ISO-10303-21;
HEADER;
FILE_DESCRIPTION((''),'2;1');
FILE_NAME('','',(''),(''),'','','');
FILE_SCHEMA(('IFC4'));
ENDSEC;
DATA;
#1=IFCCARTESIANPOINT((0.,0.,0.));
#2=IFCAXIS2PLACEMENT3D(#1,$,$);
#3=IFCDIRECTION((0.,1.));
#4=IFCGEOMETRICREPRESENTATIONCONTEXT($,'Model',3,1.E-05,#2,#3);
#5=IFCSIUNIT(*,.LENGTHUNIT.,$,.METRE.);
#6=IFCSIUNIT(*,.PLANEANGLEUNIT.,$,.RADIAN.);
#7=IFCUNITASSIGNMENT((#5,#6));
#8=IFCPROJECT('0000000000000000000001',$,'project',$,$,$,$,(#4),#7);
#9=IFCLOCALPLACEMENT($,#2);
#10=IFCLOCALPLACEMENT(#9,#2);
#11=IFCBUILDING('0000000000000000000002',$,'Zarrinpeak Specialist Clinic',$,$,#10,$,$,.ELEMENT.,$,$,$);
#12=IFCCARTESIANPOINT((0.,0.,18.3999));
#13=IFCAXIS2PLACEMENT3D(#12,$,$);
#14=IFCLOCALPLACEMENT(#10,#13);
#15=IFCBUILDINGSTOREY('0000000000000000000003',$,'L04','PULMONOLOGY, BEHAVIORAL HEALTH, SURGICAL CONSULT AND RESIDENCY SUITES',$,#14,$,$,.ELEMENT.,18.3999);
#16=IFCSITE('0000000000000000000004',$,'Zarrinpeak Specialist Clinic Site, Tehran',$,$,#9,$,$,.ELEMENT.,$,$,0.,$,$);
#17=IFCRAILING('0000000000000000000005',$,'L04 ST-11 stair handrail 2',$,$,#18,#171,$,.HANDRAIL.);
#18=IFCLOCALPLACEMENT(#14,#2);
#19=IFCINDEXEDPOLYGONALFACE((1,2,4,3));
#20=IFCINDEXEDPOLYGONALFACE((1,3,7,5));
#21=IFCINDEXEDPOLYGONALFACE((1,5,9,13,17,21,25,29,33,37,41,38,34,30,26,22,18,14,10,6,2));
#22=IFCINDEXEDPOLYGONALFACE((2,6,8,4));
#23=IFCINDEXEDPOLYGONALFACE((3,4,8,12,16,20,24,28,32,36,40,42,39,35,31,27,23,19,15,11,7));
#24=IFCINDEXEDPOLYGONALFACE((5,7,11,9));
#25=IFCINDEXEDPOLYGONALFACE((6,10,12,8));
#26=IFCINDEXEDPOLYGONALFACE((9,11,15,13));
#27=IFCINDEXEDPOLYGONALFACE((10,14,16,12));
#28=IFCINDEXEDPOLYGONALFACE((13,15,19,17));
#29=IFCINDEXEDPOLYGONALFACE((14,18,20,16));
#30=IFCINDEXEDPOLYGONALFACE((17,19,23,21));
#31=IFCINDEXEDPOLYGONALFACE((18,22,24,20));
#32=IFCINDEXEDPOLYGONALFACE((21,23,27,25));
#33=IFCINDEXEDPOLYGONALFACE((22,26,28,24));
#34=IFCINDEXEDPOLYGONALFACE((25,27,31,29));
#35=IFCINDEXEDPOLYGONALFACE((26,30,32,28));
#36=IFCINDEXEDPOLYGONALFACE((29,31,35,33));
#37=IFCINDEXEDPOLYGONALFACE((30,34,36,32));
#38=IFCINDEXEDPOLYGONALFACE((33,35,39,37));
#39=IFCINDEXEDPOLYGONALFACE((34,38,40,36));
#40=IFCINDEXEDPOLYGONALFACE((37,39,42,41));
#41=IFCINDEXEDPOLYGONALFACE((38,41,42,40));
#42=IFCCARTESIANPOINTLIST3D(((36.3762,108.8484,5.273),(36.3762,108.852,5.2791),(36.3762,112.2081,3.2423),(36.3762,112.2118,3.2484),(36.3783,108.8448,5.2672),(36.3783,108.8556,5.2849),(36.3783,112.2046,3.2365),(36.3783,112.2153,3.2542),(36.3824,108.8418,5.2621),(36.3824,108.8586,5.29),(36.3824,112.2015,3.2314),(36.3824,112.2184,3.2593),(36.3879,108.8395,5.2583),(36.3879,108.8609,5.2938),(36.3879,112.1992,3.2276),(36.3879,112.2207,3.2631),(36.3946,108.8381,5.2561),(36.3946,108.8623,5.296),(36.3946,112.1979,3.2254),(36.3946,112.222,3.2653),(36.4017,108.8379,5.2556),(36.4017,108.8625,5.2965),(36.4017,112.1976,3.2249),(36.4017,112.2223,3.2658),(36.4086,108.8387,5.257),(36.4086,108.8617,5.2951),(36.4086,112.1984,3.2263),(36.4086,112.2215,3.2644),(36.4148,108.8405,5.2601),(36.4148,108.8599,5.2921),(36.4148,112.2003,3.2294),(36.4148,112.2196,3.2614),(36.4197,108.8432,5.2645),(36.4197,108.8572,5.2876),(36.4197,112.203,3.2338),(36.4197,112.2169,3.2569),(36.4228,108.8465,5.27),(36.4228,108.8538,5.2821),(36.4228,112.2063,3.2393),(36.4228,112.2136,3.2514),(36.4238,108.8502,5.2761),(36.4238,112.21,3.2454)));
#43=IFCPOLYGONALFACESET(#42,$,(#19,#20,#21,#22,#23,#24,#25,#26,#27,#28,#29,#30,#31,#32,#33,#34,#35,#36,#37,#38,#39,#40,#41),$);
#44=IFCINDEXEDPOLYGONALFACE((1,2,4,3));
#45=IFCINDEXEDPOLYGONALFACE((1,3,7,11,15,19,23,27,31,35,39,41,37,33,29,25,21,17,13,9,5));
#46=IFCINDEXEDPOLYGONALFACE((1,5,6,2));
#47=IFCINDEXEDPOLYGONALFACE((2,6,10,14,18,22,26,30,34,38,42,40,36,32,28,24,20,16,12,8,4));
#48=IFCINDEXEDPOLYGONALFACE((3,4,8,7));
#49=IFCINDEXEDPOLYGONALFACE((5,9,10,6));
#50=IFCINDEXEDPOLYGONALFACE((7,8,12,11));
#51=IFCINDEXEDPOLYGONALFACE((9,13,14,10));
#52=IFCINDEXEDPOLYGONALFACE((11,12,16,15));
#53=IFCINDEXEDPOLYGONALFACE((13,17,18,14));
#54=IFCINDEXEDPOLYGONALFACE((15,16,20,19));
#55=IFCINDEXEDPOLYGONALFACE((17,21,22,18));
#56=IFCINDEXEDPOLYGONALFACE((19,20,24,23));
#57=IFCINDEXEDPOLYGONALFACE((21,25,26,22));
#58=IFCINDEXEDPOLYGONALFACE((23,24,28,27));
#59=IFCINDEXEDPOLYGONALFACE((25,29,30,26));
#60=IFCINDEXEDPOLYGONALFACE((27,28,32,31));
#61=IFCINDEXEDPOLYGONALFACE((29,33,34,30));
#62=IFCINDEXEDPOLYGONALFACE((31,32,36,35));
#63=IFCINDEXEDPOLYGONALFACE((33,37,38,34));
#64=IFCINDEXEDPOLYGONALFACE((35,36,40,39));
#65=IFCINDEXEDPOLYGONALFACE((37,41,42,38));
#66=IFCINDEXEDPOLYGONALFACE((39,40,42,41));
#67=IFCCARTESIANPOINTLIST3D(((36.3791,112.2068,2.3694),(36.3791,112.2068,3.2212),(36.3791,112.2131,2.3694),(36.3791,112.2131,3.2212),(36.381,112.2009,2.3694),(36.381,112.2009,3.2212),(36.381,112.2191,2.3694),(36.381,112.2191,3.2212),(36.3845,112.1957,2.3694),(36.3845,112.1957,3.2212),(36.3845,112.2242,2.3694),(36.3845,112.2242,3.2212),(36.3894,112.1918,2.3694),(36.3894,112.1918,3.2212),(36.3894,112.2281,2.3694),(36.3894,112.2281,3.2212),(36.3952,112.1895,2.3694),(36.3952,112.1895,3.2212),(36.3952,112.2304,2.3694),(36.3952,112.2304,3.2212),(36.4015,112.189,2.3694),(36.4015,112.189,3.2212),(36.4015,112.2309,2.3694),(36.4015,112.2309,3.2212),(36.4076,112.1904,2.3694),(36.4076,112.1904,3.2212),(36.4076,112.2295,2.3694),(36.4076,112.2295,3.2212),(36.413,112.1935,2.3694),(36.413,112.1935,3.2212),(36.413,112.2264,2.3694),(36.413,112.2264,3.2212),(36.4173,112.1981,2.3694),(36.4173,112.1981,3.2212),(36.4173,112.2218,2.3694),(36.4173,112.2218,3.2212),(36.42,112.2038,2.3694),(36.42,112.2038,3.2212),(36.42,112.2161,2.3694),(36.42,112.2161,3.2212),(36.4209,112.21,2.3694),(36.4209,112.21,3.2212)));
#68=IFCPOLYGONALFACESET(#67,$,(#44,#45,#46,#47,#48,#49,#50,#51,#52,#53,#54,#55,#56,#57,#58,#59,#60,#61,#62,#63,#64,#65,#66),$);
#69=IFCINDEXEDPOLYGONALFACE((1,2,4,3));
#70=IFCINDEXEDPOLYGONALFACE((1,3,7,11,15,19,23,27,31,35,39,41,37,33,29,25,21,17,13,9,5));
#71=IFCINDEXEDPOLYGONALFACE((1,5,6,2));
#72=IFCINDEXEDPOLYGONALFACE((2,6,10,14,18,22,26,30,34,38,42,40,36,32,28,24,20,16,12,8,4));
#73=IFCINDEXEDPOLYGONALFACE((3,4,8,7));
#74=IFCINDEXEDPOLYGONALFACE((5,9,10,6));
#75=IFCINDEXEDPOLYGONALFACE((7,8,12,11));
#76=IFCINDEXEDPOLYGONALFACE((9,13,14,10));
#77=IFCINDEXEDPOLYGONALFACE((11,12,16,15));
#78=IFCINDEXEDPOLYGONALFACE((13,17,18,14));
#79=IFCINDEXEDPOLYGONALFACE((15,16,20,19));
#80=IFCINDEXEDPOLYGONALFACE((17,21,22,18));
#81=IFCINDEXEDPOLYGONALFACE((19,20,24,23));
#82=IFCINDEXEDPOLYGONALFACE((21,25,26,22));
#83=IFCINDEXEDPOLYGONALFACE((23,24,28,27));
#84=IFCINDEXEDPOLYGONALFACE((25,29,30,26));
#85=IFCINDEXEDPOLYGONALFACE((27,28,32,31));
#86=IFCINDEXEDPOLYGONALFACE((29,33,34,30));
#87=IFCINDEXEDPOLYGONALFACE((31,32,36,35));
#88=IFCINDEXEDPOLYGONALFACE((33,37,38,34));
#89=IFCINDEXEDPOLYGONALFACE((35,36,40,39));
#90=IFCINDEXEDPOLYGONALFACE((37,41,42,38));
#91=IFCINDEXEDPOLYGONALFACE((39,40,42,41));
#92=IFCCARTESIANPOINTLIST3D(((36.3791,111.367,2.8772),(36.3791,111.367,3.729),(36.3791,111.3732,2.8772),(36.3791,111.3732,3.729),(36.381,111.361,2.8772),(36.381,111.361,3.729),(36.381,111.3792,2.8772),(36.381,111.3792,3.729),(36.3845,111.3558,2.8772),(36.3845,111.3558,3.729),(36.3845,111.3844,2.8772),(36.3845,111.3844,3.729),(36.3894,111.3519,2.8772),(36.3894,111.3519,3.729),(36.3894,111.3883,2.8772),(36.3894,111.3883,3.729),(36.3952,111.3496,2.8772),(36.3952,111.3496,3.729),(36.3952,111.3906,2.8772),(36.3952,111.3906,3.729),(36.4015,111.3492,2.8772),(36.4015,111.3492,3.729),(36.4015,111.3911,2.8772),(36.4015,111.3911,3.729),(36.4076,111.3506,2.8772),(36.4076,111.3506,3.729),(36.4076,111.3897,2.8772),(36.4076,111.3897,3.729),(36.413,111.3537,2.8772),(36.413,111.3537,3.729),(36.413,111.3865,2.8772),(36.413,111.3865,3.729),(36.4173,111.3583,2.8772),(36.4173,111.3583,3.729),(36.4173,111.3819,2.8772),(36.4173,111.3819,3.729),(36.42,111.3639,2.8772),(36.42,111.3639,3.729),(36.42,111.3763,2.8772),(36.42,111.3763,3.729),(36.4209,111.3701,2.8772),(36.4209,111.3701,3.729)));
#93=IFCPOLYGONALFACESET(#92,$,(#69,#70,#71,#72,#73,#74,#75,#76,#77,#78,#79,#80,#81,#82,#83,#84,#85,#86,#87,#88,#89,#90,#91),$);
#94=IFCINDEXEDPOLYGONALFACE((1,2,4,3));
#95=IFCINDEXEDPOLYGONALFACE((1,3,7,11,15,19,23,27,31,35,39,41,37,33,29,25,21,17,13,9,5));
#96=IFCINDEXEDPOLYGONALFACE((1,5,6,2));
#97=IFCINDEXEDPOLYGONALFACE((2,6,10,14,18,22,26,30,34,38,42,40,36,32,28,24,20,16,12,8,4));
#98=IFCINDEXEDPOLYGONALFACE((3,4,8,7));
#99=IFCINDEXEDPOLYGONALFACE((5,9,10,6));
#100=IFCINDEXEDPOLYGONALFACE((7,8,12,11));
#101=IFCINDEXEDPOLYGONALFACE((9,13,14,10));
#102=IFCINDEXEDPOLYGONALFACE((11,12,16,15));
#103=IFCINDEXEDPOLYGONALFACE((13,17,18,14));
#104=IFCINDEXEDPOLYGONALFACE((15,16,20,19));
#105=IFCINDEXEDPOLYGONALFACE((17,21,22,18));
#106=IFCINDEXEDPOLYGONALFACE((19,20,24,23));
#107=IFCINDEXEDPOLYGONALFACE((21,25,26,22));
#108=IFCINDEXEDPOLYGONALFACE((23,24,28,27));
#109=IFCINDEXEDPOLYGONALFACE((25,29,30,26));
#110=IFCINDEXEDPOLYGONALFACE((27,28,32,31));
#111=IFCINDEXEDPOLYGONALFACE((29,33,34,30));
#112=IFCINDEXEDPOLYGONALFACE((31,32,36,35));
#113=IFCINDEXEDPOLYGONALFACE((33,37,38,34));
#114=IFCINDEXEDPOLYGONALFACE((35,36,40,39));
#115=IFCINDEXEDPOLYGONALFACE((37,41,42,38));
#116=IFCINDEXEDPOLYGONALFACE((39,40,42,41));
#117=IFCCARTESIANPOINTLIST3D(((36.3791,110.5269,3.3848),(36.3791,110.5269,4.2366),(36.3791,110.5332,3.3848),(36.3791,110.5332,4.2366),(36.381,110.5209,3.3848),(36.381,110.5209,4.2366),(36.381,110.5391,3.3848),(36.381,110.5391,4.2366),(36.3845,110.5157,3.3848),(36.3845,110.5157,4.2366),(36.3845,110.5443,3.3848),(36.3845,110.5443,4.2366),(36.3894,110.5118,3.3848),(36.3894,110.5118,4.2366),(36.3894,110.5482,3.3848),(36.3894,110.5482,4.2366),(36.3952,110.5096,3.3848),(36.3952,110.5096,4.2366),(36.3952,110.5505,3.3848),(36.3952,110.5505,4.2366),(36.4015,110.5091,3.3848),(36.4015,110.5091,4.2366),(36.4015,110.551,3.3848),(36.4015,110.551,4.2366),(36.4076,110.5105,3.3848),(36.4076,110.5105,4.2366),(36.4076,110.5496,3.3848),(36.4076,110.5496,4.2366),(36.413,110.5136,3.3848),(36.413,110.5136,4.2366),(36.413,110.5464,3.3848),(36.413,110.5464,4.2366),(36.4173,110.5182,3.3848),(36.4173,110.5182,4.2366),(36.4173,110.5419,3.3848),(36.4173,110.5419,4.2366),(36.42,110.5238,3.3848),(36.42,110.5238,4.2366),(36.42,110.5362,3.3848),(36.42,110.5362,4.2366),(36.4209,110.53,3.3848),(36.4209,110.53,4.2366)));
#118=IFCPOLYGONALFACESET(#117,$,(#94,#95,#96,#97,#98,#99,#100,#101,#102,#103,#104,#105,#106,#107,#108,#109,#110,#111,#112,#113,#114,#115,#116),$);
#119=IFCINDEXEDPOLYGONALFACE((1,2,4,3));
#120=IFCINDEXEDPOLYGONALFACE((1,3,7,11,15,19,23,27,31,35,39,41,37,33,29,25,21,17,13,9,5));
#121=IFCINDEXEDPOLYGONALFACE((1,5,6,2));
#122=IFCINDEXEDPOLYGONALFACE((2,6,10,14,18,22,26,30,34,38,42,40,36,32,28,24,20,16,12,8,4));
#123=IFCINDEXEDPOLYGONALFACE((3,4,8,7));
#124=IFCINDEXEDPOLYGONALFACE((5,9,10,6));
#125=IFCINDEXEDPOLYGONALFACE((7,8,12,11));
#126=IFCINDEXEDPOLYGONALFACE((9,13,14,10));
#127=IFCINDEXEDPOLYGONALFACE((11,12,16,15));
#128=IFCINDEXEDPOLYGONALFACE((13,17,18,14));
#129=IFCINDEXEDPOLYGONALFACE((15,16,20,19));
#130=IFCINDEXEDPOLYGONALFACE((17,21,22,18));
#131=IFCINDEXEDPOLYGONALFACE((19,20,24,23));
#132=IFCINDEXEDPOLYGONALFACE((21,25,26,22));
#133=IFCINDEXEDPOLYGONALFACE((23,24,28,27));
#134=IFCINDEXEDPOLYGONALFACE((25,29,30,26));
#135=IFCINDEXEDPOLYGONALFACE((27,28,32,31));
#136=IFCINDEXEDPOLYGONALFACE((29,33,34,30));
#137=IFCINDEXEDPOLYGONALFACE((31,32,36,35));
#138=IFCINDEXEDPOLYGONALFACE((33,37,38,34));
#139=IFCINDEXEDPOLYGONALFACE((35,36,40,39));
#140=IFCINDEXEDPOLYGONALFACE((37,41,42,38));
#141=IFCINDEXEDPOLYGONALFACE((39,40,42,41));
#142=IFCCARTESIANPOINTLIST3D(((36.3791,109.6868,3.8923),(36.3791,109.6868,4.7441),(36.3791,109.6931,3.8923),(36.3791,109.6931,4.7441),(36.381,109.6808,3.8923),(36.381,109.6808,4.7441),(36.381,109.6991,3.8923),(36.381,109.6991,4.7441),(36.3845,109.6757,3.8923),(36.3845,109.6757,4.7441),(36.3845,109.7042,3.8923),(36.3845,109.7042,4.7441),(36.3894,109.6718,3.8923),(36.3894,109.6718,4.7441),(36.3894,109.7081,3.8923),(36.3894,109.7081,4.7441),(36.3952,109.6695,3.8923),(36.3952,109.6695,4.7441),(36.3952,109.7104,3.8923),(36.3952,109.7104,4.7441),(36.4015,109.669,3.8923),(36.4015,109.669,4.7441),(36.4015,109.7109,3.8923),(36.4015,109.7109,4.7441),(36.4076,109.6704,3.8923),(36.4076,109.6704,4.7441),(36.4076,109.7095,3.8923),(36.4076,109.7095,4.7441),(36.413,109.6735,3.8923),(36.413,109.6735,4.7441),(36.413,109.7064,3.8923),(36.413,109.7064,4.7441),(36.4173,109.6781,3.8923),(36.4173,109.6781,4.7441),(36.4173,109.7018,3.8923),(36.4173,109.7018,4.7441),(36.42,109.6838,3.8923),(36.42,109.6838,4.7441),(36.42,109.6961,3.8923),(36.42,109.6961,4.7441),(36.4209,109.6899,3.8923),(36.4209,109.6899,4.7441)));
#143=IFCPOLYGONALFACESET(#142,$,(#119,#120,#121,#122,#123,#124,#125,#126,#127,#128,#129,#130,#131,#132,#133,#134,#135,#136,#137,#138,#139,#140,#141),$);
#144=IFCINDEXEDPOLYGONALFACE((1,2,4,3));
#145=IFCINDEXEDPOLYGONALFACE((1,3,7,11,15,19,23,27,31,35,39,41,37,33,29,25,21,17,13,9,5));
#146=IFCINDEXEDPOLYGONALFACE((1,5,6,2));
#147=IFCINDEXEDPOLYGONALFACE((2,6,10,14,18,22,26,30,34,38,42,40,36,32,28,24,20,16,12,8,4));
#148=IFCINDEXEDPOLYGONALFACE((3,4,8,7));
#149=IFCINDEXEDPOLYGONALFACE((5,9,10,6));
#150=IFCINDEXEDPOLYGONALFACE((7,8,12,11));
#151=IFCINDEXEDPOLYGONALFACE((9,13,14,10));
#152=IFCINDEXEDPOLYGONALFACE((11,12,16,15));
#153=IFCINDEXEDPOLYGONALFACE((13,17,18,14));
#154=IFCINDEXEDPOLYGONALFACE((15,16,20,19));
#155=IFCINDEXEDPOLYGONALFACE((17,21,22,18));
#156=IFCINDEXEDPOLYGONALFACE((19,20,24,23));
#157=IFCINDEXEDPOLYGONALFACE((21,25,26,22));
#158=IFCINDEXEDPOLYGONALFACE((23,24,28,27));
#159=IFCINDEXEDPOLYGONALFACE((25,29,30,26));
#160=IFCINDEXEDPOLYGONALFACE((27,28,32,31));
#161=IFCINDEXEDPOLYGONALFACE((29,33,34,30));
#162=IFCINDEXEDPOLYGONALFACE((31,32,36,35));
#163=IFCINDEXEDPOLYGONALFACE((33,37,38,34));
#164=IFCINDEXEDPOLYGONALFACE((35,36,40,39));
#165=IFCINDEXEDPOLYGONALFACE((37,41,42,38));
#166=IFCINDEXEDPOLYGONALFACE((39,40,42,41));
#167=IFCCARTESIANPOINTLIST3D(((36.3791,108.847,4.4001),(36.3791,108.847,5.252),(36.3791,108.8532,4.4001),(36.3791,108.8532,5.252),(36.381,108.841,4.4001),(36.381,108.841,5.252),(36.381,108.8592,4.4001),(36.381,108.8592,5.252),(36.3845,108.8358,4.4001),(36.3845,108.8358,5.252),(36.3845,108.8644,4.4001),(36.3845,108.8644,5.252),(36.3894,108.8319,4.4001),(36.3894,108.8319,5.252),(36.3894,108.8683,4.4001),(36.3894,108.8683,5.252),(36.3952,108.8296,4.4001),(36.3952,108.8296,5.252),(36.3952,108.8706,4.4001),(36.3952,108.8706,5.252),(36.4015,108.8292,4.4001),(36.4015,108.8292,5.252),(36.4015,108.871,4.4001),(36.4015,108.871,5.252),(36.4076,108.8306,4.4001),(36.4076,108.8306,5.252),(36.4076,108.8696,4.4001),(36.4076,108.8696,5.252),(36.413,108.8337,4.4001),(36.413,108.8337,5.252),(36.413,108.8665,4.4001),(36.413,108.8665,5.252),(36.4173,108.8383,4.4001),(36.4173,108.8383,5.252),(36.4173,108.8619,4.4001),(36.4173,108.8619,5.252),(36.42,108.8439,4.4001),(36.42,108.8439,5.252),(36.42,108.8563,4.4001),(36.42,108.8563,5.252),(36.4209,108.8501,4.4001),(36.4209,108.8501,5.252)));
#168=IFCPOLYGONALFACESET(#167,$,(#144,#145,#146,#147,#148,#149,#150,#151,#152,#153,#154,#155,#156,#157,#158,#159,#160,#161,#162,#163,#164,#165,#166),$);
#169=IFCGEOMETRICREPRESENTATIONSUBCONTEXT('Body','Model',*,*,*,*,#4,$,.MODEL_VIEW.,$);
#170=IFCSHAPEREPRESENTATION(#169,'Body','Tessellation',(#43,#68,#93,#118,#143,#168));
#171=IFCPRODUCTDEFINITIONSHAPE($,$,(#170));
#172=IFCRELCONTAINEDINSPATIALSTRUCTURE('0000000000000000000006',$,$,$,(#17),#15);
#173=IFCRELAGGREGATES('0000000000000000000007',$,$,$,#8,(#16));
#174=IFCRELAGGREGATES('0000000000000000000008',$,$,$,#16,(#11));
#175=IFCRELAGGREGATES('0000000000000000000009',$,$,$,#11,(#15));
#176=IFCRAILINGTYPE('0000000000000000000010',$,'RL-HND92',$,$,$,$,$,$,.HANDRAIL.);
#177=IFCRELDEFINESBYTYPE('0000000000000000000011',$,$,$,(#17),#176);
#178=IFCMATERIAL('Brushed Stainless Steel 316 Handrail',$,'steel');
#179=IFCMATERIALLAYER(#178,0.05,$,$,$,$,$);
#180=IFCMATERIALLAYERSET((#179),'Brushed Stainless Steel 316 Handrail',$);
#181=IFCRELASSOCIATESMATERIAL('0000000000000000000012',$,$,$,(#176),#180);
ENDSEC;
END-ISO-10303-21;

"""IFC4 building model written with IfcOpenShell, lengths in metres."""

from ifc_helpers import new_model, si_unit, direction, frame, origin, origin_2d, place, context, subcontext, project, spatial, circle, extrude, material, layer, layer_set, type_object, element, save


model = new_model("IFC4")

# Units and contexts
model_context = context("Model", 3, precision=1e-05, world=origin(), true_north=direction((0.0, 1.0)))
body_context = subcontext(model_context, "Body", "Model", "MODEL_VIEW")
ifc_project = project(units=[si_unit("LENGTHUNIT", "METRE"), si_unit("PLANEANGLEUNIT", "RADIAN")], contexts=[model_context])

# Site, building, storey
site_placement = place(None, origin())
site = spatial("IfcSite", under=ifc_project, at=site_placement, Name="Zarrinpeak Specialist Clinic Site, Tehran", CompositionType="ELEMENT", RefElevation=0.0)
building_placement = place(site_placement, origin())
building = spatial("IfcBuilding", under=site, at=building_placement, Name="Zarrinpeak Specialist Clinic", CompositionType="ELEMENT")
storey_placement = place(building_placement, frame((0.0, 0.0, 18.3999)))
storey = spatial("IfcBuildingStorey", under=building, at=storey_placement, Name="L04", Description="PULMONOLOGY, BEHAVIORAL HEALTH, SURGICAL CONSULT AND RESIDENCY SUITES", CompositionType="ELEMENT", Elevation=18.3999)

# Railing
ifc_material_1 = material(Name="Brushed Stainless Steel 316 Handrail", Category="steel")
ifc_layer_1 = layer(ifc_material_1, 0.05)
ifc_layer_set_1 = layer_set([ifc_layer_1], Name="Brushed Stainless Steel 316 Handrail")
railing_type_1 = type_object("IfcRailingType", Name="RL-HND92", PredefinedType="HANDRAIL", material=ifc_layer_set_1)
railing_1_placement = place(storey_placement, frame((36.3999, 112.21, 2.3694)))
element("IfcRailing", 1, at=railing_1_placement, inside=storey, type_object=railing_type_1, Name="L04 ST-11 stair handrail 2", PredefinedType="HANDRAIL", context=body_context, shape_type="SweptSolid", body=[
    extrude(circle(Radius=0.0239, at=origin_2d()), frame((0.0, 0.0, 0.876), z_axis=(0.0, -0.85582, 0.517273), x_axis=(1.0, 0.0, 0.0)), (0.0, 0.0, 1.0), 3.9258),
    extrude(circle(Radius=0.021, at=origin_2d()), origin(), (0.0, 0.0, 1.0), 0.8518),
    extrude(circle(Radius=0.021, at=origin_2d()), frame((0.0, -0.8398, 0.5078)), (0.0, 0.0, 1.0), 0.8518),
    extrude(circle(Radius=0.021, at=origin_2d()), frame((0.0, -1.6799, 1.0154)), (0.0, 0.0, 1.0), 0.8518),
    extrude(circle(Radius=0.021, at=origin_2d()), frame((0.0, -2.52, 1.5229)), (0.0, 0.0, 1.0), 0.8518),
    extrude(circle(Radius=0.021, at=origin_2d()), frame((0.0, -3.3599, 2.0308)), (0.0, 0.0, 1.0), 0.8518),
])

save(model, "model.ifc")
